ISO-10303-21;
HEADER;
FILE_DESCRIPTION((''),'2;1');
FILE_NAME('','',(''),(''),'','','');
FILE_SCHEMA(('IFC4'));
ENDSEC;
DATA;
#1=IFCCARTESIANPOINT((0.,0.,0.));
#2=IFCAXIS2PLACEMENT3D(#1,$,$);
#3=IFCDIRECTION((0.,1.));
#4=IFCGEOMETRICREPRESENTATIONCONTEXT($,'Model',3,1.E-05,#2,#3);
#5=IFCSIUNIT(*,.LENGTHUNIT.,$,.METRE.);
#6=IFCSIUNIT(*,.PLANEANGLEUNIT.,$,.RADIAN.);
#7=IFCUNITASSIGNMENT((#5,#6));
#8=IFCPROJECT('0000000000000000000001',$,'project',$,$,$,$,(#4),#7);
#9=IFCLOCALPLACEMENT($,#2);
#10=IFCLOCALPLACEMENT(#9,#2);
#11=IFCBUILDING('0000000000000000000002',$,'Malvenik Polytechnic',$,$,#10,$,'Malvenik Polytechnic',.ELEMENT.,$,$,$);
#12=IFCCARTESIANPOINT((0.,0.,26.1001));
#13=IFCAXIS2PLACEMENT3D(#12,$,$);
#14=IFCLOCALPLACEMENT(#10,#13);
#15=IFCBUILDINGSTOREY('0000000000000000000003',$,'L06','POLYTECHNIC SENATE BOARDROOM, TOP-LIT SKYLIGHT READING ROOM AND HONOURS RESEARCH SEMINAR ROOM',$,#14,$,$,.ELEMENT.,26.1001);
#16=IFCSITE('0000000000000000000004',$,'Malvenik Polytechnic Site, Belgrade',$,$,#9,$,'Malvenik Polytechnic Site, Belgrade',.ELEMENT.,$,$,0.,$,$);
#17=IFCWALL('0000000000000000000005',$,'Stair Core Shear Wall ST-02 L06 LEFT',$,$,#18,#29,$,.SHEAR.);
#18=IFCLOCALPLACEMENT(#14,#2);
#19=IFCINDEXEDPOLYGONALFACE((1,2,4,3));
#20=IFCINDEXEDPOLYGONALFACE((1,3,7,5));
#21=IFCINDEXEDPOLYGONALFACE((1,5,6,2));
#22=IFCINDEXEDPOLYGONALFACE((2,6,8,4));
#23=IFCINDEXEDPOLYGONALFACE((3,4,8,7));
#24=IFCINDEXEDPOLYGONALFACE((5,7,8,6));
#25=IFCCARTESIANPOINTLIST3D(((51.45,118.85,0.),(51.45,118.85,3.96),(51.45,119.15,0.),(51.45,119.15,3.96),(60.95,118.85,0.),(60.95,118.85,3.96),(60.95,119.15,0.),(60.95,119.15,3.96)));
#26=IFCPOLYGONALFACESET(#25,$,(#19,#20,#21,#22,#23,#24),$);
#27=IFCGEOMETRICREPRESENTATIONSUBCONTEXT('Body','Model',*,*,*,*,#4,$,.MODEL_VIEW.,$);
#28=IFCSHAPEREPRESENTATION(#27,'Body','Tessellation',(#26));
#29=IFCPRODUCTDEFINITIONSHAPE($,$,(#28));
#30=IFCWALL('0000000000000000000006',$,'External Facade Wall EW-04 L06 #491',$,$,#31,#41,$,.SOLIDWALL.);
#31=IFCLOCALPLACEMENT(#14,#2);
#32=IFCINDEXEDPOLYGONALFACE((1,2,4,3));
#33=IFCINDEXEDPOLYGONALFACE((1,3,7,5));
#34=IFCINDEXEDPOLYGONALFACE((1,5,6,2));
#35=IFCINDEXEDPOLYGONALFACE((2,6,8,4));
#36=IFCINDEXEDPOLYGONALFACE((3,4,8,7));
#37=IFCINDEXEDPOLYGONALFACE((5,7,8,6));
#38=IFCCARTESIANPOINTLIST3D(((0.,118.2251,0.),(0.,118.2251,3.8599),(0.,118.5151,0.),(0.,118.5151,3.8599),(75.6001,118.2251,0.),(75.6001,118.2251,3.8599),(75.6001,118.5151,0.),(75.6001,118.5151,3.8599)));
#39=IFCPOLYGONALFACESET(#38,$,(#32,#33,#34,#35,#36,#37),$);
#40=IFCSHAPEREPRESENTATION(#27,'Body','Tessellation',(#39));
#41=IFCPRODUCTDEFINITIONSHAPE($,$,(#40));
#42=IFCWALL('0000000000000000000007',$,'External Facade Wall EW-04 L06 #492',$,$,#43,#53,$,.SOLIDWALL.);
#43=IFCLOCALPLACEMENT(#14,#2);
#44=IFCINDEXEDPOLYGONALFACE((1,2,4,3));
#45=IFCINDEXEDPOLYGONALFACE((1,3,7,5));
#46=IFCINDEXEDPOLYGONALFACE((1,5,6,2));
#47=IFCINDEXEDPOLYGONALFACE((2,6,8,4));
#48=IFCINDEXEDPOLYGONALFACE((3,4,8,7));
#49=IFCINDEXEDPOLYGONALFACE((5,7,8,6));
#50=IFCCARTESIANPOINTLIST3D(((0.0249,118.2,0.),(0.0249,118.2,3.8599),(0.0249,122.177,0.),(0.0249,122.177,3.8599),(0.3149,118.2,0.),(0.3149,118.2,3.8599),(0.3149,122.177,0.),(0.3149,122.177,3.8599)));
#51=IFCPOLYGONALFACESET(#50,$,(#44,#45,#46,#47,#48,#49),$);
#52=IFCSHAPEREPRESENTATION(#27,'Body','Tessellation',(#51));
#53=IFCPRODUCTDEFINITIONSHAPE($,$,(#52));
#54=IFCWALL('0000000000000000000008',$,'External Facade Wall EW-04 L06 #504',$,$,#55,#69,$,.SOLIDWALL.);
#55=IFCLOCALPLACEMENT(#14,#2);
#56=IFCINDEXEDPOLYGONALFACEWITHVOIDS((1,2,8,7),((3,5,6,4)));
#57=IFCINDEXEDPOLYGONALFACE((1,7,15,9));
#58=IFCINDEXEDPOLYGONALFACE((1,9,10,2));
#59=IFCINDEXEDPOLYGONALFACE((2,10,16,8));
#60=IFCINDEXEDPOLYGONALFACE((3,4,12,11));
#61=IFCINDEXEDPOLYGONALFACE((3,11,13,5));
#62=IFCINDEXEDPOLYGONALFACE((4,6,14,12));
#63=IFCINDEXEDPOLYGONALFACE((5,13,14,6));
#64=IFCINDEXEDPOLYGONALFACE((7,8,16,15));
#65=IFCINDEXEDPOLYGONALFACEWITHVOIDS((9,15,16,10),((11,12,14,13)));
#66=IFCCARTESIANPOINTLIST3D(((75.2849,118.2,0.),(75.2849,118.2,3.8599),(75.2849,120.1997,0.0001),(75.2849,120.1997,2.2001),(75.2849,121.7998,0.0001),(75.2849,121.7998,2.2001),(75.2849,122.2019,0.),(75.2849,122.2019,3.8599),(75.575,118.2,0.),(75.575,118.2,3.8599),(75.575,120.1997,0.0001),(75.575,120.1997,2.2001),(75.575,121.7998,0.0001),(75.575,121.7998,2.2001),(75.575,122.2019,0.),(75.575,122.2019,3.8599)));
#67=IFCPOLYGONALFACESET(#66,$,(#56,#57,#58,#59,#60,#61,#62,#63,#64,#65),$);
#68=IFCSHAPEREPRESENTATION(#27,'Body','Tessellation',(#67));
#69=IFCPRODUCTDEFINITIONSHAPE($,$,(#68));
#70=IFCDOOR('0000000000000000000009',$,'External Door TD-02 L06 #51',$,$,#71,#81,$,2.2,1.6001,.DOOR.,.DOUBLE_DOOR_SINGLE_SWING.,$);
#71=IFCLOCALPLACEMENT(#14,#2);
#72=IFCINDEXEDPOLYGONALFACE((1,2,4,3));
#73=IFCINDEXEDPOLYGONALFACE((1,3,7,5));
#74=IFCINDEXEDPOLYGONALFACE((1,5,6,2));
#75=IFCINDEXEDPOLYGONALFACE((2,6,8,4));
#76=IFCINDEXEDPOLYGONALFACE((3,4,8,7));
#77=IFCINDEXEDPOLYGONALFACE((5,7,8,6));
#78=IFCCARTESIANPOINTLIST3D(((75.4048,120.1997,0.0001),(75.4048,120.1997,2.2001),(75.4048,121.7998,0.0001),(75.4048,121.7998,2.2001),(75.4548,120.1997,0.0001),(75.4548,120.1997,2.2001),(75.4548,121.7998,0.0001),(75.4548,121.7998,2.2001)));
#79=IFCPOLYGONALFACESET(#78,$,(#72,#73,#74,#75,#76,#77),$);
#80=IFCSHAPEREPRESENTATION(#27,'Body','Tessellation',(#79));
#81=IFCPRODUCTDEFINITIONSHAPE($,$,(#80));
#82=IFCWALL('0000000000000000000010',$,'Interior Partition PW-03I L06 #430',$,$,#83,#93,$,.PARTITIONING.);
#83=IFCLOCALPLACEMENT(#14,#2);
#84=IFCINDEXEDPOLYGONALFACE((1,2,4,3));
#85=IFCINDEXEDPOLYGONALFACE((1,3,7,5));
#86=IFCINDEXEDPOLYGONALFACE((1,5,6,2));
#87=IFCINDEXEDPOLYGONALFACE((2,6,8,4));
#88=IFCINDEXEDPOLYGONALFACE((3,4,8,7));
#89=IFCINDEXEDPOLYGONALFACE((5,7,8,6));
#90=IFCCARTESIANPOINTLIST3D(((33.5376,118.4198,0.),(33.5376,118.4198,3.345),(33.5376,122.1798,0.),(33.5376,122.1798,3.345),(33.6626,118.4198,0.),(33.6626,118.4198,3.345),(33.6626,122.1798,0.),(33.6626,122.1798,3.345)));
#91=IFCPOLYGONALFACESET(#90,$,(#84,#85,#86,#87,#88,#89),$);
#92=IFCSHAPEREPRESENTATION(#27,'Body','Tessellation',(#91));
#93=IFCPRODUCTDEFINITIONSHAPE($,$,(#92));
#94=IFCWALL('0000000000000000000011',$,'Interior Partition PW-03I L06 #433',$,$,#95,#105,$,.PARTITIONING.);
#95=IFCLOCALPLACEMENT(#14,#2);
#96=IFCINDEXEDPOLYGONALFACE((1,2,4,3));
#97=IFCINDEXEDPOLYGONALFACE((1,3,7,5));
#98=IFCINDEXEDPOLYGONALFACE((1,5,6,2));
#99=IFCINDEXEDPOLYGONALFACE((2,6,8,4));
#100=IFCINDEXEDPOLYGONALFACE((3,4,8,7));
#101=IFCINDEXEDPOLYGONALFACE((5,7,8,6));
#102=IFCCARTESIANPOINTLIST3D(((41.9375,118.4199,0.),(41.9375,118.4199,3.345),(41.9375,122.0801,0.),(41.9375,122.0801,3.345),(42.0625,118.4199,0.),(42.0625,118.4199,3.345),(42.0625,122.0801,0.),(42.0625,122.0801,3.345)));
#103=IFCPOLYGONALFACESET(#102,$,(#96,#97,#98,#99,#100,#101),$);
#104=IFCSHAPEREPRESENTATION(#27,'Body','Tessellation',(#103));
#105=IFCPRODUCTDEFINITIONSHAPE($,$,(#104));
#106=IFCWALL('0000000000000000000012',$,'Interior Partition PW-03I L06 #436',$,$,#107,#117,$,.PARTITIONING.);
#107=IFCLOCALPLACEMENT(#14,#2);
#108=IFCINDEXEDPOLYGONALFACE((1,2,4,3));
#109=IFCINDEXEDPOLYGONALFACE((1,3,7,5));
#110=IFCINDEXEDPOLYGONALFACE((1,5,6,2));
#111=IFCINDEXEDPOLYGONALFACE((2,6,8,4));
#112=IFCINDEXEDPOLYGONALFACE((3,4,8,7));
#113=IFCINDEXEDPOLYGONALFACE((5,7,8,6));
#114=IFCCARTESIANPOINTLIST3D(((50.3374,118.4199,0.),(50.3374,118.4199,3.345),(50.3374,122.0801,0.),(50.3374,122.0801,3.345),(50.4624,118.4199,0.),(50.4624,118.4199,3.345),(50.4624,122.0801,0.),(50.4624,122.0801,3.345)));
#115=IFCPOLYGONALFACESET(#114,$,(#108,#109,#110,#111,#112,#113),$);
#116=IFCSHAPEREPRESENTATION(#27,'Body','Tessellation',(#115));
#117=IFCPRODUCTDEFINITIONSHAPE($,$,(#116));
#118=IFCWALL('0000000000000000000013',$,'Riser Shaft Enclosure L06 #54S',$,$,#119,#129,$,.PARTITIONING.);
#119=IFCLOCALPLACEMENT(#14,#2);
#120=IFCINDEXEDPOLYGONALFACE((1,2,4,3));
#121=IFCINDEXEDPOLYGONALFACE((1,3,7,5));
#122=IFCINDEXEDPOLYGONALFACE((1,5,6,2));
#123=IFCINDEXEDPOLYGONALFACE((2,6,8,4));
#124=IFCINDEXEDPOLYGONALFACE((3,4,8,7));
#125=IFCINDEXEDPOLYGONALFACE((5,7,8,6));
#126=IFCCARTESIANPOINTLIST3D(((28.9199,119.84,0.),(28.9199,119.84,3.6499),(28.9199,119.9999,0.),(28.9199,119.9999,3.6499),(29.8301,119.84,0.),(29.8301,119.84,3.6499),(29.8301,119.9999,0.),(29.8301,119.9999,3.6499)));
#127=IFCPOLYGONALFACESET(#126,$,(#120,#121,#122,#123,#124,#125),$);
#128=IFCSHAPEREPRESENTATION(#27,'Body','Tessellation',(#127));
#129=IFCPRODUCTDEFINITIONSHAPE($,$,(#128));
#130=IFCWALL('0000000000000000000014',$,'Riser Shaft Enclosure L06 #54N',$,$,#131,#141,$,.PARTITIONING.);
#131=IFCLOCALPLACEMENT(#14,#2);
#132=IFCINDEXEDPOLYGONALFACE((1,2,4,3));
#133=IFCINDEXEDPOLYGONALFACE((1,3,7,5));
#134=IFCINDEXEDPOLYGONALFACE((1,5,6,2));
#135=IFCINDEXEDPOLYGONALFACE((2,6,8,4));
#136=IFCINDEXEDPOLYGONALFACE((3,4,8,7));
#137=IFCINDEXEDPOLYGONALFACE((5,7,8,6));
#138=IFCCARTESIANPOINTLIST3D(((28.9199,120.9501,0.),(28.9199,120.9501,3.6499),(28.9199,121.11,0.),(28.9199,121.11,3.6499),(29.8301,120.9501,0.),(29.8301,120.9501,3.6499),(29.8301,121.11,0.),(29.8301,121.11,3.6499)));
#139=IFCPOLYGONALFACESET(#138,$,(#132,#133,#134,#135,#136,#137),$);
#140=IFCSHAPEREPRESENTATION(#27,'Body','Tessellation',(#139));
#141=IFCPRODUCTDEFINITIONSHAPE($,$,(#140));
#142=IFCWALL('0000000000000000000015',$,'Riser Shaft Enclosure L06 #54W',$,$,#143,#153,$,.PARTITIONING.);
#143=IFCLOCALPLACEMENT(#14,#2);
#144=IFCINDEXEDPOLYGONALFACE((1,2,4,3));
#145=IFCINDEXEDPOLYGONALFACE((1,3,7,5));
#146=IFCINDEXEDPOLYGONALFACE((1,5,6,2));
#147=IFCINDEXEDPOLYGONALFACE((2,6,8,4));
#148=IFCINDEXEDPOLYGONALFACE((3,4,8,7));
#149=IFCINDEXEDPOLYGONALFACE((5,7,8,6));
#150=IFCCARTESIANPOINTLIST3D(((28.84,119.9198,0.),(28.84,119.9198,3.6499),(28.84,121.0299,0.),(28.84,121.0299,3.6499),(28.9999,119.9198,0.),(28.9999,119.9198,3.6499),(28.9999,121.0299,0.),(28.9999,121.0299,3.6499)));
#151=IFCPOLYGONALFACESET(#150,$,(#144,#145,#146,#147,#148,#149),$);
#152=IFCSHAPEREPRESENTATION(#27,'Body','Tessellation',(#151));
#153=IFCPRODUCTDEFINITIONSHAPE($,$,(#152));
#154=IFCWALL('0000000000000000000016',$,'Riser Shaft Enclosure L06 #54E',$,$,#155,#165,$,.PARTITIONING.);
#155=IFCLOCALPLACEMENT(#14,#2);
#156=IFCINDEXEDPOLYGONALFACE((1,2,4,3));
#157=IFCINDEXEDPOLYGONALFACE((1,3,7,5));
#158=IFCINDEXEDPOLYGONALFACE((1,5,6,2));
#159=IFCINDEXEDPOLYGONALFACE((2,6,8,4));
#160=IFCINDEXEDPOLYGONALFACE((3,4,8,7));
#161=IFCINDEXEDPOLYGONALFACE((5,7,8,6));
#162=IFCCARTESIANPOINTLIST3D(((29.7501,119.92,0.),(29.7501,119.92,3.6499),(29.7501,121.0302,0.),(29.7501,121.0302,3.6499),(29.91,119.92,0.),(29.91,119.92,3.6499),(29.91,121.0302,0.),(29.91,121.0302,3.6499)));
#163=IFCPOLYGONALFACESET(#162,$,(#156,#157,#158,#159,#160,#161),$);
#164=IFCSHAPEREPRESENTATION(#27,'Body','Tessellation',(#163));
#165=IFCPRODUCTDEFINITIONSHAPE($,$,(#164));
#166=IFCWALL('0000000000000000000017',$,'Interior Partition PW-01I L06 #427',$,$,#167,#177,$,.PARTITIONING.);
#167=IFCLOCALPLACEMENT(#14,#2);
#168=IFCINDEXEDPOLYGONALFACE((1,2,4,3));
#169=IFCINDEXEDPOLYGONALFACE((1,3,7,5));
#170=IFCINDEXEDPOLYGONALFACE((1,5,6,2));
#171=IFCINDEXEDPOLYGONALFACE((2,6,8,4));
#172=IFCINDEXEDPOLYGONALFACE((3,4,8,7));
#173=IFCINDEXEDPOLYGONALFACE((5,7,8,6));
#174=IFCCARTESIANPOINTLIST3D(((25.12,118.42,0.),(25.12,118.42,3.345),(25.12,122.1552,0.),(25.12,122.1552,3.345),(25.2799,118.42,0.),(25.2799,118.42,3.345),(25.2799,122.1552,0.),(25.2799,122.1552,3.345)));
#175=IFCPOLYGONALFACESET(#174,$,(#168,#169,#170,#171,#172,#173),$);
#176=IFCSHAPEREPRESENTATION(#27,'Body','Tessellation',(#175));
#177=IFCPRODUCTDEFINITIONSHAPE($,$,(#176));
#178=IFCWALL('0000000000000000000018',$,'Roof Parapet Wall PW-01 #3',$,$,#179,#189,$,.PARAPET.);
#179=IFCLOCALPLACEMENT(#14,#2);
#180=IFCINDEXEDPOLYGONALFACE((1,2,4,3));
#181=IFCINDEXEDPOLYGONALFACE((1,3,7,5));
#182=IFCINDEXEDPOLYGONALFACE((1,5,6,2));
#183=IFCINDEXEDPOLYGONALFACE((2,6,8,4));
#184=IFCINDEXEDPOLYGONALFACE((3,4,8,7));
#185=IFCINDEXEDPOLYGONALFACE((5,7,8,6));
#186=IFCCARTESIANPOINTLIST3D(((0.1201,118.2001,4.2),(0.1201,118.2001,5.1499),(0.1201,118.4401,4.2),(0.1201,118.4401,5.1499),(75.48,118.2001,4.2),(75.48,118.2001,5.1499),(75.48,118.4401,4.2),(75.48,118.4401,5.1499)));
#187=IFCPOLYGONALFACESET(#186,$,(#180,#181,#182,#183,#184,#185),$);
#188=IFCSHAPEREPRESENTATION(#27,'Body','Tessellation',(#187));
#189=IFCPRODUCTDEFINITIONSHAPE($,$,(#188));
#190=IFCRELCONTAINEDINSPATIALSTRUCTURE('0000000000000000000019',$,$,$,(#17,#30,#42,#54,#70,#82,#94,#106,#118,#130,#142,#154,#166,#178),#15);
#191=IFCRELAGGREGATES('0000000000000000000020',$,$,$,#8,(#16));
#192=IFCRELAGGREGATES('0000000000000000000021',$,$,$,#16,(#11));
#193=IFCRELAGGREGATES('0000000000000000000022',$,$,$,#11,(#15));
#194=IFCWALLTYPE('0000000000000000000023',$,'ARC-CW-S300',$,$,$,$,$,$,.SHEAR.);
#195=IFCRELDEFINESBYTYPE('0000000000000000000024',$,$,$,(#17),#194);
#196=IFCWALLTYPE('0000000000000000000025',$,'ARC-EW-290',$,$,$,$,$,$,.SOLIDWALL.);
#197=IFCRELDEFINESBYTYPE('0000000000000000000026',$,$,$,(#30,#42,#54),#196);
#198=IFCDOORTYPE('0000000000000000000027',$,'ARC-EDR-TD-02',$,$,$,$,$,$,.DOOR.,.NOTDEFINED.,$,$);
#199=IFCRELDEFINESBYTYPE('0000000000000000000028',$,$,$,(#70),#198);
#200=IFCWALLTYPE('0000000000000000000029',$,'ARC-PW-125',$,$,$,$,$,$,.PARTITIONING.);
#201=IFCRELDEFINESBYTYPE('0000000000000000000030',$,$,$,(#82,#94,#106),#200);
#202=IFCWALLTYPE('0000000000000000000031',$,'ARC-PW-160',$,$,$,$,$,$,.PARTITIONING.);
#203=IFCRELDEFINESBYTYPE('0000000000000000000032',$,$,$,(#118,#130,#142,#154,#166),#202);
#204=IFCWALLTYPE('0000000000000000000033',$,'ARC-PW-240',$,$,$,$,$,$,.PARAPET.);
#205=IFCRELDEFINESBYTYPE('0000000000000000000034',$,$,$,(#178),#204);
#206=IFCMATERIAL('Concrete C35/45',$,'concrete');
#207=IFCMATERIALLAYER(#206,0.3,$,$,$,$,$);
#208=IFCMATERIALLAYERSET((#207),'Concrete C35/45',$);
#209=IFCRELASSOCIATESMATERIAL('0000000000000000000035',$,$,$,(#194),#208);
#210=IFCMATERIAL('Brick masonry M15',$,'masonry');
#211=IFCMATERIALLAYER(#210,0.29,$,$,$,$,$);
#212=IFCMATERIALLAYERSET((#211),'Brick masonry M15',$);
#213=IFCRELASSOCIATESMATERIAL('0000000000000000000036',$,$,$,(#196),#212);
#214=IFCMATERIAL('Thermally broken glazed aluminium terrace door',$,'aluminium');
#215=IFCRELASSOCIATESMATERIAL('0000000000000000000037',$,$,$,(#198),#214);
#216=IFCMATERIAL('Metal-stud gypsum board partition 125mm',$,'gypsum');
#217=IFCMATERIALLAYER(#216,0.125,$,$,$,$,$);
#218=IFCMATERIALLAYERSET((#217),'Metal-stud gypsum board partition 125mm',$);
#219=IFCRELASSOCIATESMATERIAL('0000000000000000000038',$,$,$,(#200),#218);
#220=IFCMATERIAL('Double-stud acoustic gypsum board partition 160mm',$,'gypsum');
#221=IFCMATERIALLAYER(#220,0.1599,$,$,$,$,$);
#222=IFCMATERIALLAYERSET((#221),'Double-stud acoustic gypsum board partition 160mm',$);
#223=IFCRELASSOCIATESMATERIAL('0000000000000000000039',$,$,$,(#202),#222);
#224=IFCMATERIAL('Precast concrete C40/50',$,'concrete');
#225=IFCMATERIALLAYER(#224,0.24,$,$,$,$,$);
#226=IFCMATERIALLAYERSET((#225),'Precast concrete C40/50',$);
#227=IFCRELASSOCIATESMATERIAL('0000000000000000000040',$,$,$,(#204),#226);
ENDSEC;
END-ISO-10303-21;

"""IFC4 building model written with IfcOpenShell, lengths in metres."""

from ifc_helpers import new_model, si_unit, direction, frame, frame_2d, origin, place, context, subcontext, project, spatial, rectangle, extrude, material, layer, layer_set, type_object, element, fill, save


model = new_model("IFC4")

# Units and contexts
model_context = context("Model", 3, precision=1e-05, world=origin(), true_north=direction((0.0, 1.0)))
body_context = subcontext(model_context, "Body", "Model", "MODEL_VIEW")
ifc_project = project(units=[si_unit("LENGTHUNIT", "METRE"), si_unit("PLANEANGLEUNIT", "RADIAN")], contexts=[model_context])

# Site, building, storey
site_placement = place(None, origin())
site = spatial("IfcSite", under=ifc_project, at=site_placement, Name="Malvenik Polytechnic Site, Belgrade", LongName="Malvenik Polytechnic Site, Belgrade", CompositionType="ELEMENT", RefElevation=0.0)
building_placement = place(site_placement, origin())
building = spatial("IfcBuilding", under=site, at=building_placement, Name="Malvenik Polytechnic", LongName="Malvenik Polytechnic", CompositionType="ELEMENT")
storey_placement = place(building_placement, frame((0.0, 0.0, 26.1001)))
storey = spatial("IfcBuildingStorey", under=building, at=storey_placement, Name="L06", Description="POLYTECHNIC SENATE BOARDROOM, TOP-LIT SKYLIGHT READING ROOM AND HONOURS RESEARCH SEMINAR ROOM", CompositionType="ELEMENT", Elevation=26.1001)

# Shared definitions
ifc_material_1 = material(Name="Concrete C35/45", Category="concrete")

# Walls
ifc_layer_1 = layer(ifc_material_1, 0.3)
ifc_layer_set_1 = layer_set([ifc_layer_1], Name="Concrete C35/45")
wall_type_1 = type_object("IfcWallType", Name="ARC-CW-S300", PredefinedType="SHEAR", material=ifc_layer_set_1)
wall_1_placement = place(storey_placement, frame((60.95, 119.0, 0.0), z_axis=(0.0, 0.0, 1.0), x_axis=(-1.0, 0.0, 0.0)))
element("IfcWall", 1, at=wall_1_placement, inside=storey, type_object=wall_type_1, Name="Stair Core Shear Wall ST-02 L06 LEFT", PredefinedType="SHEAR", context=body_context, shape_type="SweptSolid", body=[
    extrude(rectangle(XDim=9.5, YDim=0.3, at=frame_2d((4.75, 0.0))), origin(), (0.0, 0.0, 1.0), 3.96),
])
ifc_material_2 = material(Name="Brick masonry M15", Category="masonry")
ifc_layer_2 = layer(ifc_material_2, 0.29)
ifc_layer_set_2 = layer_set([ifc_layer_2], Name="Brick masonry M15")
wall_type_2 = type_object("IfcWallType", Name="ARC-EW-290", PredefinedType="SOLIDWALL", material=ifc_layer_set_2)
wall_2_placement = place(storey_placement, frame((75.6001, 118.3701, 0.0), z_axis=(0.0, 0.0, 1.0), x_axis=(-1.0, 0.0, 0.0)))
element("IfcWall", 2, at=wall_2_placement, inside=storey, type_object=wall_type_2, Name="External Facade Wall EW-04 L06 #491", PredefinedType="SOLIDWALL", context=body_context, shape_type="SweptSolid", body=[
    extrude(rectangle(XDim=75.6001, YDim=0.29, at=frame_2d((37.8, 0.0))), origin(), (0.0, 0.0, 1.0), 3.8599),
])
wall_3_placement = place(storey_placement, frame((0.1699, 118.2, 0.0), z_axis=(0.0, 0.0, 1.0), x_axis=(0.0, 1.0, 0.0)))
element("IfcWall", 3, at=wall_3_placement, inside=storey, type_object=wall_type_2, Name="External Facade Wall EW-04 L06 #492", PredefinedType="SOLIDWALL", context=body_context, shape_type="SweptSolid", body=[
    extrude(rectangle(XDim=3.9771, YDim=0.29, at=frame_2d((1.9885, 0.0))), origin(), (0.0, 0.0, 1.0), 3.8599),
])

# Wall, opening, door
wall_4_placement = place(storey_placement, frame((75.4299, 122.2019, 0.0), z_axis=(0.0, 0.0, 1.0), x_axis=(0.0, -1.0, 0.0)))
wall_4 = element("IfcWall", 4, at=wall_4_placement, inside=storey, type_object=wall_type_2, Name="External Facade Wall EW-04 L06 #504", PredefinedType="SOLIDWALL", context=body_context, shape_type="SweptSolid", body=[
    extrude(rectangle(XDim=4.002, YDim=0.29, at=frame_2d((2.001, 0.0))), origin(), (0.0, 0.0, 1.0), 3.8599),
])
opening_placement = place(wall_4_placement, frame((0.4021, 0.0, 0.0)))
opening = element("IfcOpeningElement", 5, at=opening_placement, cuts=wall_4, PredefinedType="OPENING", context=body_context, shape_type="SweptSolid", body=[
    extrude(rectangle(XDim=1.6001, YDim=2.2, at=frame_2d((0.8, 1.1001))), frame((0.0, 0.155, 0.0), z_axis=(0.0, -1.0, 0.0), x_axis=(1.0, 0.0, 0.0)), (0.0, 0.0, 1.0), 0.3101),
])
ifc_material_3 = material(Name="Thermally broken glazed aluminium terrace door", Category="aluminium")
door_type = type_object("IfcDoorType", Name="ARC-EDR-TD-02", OperationType="NOTDEFINED", PredefinedType="DOOR", material=ifc_material_3)
door_placement = place(opening_placement, origin())
door = element("IfcDoor", 6, at=door_placement, inside=storey, type_object=door_type, Name="External Door TD-02 L06 #51", OperationType="DOUBLE_DOOR_SINGLE_SWING", OverallHeight=2.2, OverallWidth=1.6001, PredefinedType="DOOR", context=body_context, shape_type="SweptSolid", body=[
    extrude(rectangle(XDim=1.6001, YDim=2.2, at=frame_2d((0.8, 1.1001))), frame((0.0, 0.0249, 0.0), z_axis=(0.0, -1.0, 0.0), x_axis=(1.0, 0.0, 0.0)), (0.0, 0.0, 1.0), 0.05),
])
fill(opening, door)

# Walls
ifc_material_4 = material(Name="Metal-stud gypsum board partition 125mm", Category="gypsum")
ifc_layer_3 = layer(ifc_material_4, 0.125)
ifc_layer_set_3 = layer_set([ifc_layer_3], Name="Metal-stud gypsum board partition 125mm")
wall_type_3 = type_object("IfcWallType", Name="ARC-PW-125", PredefinedType="PARTITIONING", material=ifc_layer_set_3)
wall_5_placement = place(storey_placement, frame((33.6001, 118.4199, 0.0), z_axis=(0.0, 0.0, 1.0), x_axis=(0.0, 1.0, 0.0)))
element("IfcWall", 7, at=wall_5_placement, inside=storey, type_object=wall_type_3, Name="Interior Partition PW-03I L06 #430", PredefinedType="PARTITIONING", context=body_context, shape_type="SweptSolid", body=[
    extrude(rectangle(XDim=3.76, YDim=0.125, at=frame_2d((1.8799, 0.0))), origin(), (0.0, 0.0, 1.0), 3.345),
])
for number, where, z_axis, x_axis, name in (
    (8, (42.0, 118.4199, 0.0), (0.0, 0.0, 1.0), (0.0, 1.0, 0.0), "Interior Partition PW-03I L06 #433"),
    (9, (50.3999, 118.4199, 0.0), (0.0, 0.0, 1.0), (0.0, 1.0, 0.0), "Interior Partition PW-03I L06 #436"),
):
    element("IfcWall", number, at=place(storey_placement, frame(where, z_axis=z_axis, x_axis=x_axis)), inside=storey, type_object=wall_type_3, Name=name, PredefinedType="PARTITIONING", context=body_context, shape_type="SweptSolid", body=[
        extrude(rectangle(XDim=3.6602, YDim=0.125, at=frame_2d((1.8301, 0.0))), origin(), (0.0, 0.0, 1.0), 3.345),
    ])
ifc_material_5 = material(Name="Double-stud acoustic gypsum board partition 160mm", Category="gypsum")
ifc_layer_4 = layer(ifc_material_5, 0.1599)
ifc_layer_set_4 = layer_set([ifc_layer_4], Name="Double-stud acoustic gypsum board partition 160mm")
wall_type_4 = type_object("IfcWallType", Name="ARC-PW-160", PredefinedType="PARTITIONING", material=ifc_layer_set_4)
for number, where, z_axis, x_axis, name in (
    (10, (28.9199, 119.9199, 0.0), (0.0, 0.0, 1.0), (1.0, 0.0, 0.0), "Riser Shaft Enclosure L06 #54S"),
    (11, (29.8301, 121.03, 0.0), (0.0, 0.0, 1.0), (-1.0, 0.0, 0.0), "Riser Shaft Enclosure L06 #54N"),
):
    element("IfcWall", number, at=place(storey_placement, frame(where, z_axis=z_axis, x_axis=x_axis)), inside=storey, type_object=wall_type_4, Name=name, PredefinedType="PARTITIONING", context=body_context, shape_type="SweptSolid", body=[
        extrude(rectangle(XDim=0.9102, YDim=0.1599, at=frame_2d((0.4551, 0.0))), origin(), (0.0, 0.0, 1.0), 3.6499),
    ])
for number, where, z_axis, x_axis, name in (
    (12, (28.9199, 121.03, 0.0), (0.0, 0.0, 1.0), (0.0, -1.0, 0.0), "Riser Shaft Enclosure L06 #54W"),
    (13, (29.8301, 119.9199, 0.0), (0.0, 0.0, 1.0), (0.0, 1.0, 0.0), "Riser Shaft Enclosure L06 #54E"),
):
    element("IfcWall", number, at=place(storey_placement, frame(where, z_axis=z_axis, x_axis=x_axis)), inside=storey, type_object=wall_type_4, Name=name, PredefinedType="PARTITIONING", context=body_context, shape_type="SweptSolid", body=[
        extrude(rectangle(XDim=1.1101, YDim=0.1599, at=frame_2d((0.5552, 0.0))), origin(), (0.0, 0.0, 1.0), 3.6499),
    ])
wall_6_placement = place(storey_placement, frame((25.2, 118.4199, 0.0), z_axis=(0.0, 0.0, 1.0), x_axis=(0.0, 1.0, 0.0)))
element("IfcWall", 14, at=wall_6_placement, inside=storey, type_object=wall_type_4, Name="Interior Partition PW-01I L06 #427", PredefinedType="PARTITIONING", context=body_context, shape_type="SweptSolid", body=[
    extrude(rectangle(XDim=3.7351, YDim=0.1599, at=frame_2d((1.8677, 0.0))), origin(), (0.0, 0.0, 1.0), 3.345),
])
ifc_material_6 = material(Name="Precast concrete C40/50", Category="concrete")
ifc_layer_5 = layer(ifc_material_6, 0.24)
ifc_layer_set_5 = layer_set([ifc_layer_5], Name="Precast concrete C40/50")
wall_type_5 = type_object("IfcWallType", Name="ARC-PW-240", PredefinedType="PARAPET", material=ifc_layer_set_5)
wall_7_placement = place(storey_placement, frame((75.48, 118.3201, 4.2), z_axis=(0.0, 0.0, 1.0), x_axis=(-1.0, 0.0, 0.0)))
element("IfcWall", 15, at=wall_7_placement, inside=storey, type_object=wall_type_5, Name="Roof Parapet Wall PW-01 #3", PredefinedType="PARAPET", context=body_context, shape_type="SweptSolid", body=[
    extrude(rectangle(XDim=75.3599, YDim=0.24, at=frame_2d((37.6799, 0.0))), origin(), (0.0, 0.0, 1.0), 0.95),
])

save(model, "model.ifc")
